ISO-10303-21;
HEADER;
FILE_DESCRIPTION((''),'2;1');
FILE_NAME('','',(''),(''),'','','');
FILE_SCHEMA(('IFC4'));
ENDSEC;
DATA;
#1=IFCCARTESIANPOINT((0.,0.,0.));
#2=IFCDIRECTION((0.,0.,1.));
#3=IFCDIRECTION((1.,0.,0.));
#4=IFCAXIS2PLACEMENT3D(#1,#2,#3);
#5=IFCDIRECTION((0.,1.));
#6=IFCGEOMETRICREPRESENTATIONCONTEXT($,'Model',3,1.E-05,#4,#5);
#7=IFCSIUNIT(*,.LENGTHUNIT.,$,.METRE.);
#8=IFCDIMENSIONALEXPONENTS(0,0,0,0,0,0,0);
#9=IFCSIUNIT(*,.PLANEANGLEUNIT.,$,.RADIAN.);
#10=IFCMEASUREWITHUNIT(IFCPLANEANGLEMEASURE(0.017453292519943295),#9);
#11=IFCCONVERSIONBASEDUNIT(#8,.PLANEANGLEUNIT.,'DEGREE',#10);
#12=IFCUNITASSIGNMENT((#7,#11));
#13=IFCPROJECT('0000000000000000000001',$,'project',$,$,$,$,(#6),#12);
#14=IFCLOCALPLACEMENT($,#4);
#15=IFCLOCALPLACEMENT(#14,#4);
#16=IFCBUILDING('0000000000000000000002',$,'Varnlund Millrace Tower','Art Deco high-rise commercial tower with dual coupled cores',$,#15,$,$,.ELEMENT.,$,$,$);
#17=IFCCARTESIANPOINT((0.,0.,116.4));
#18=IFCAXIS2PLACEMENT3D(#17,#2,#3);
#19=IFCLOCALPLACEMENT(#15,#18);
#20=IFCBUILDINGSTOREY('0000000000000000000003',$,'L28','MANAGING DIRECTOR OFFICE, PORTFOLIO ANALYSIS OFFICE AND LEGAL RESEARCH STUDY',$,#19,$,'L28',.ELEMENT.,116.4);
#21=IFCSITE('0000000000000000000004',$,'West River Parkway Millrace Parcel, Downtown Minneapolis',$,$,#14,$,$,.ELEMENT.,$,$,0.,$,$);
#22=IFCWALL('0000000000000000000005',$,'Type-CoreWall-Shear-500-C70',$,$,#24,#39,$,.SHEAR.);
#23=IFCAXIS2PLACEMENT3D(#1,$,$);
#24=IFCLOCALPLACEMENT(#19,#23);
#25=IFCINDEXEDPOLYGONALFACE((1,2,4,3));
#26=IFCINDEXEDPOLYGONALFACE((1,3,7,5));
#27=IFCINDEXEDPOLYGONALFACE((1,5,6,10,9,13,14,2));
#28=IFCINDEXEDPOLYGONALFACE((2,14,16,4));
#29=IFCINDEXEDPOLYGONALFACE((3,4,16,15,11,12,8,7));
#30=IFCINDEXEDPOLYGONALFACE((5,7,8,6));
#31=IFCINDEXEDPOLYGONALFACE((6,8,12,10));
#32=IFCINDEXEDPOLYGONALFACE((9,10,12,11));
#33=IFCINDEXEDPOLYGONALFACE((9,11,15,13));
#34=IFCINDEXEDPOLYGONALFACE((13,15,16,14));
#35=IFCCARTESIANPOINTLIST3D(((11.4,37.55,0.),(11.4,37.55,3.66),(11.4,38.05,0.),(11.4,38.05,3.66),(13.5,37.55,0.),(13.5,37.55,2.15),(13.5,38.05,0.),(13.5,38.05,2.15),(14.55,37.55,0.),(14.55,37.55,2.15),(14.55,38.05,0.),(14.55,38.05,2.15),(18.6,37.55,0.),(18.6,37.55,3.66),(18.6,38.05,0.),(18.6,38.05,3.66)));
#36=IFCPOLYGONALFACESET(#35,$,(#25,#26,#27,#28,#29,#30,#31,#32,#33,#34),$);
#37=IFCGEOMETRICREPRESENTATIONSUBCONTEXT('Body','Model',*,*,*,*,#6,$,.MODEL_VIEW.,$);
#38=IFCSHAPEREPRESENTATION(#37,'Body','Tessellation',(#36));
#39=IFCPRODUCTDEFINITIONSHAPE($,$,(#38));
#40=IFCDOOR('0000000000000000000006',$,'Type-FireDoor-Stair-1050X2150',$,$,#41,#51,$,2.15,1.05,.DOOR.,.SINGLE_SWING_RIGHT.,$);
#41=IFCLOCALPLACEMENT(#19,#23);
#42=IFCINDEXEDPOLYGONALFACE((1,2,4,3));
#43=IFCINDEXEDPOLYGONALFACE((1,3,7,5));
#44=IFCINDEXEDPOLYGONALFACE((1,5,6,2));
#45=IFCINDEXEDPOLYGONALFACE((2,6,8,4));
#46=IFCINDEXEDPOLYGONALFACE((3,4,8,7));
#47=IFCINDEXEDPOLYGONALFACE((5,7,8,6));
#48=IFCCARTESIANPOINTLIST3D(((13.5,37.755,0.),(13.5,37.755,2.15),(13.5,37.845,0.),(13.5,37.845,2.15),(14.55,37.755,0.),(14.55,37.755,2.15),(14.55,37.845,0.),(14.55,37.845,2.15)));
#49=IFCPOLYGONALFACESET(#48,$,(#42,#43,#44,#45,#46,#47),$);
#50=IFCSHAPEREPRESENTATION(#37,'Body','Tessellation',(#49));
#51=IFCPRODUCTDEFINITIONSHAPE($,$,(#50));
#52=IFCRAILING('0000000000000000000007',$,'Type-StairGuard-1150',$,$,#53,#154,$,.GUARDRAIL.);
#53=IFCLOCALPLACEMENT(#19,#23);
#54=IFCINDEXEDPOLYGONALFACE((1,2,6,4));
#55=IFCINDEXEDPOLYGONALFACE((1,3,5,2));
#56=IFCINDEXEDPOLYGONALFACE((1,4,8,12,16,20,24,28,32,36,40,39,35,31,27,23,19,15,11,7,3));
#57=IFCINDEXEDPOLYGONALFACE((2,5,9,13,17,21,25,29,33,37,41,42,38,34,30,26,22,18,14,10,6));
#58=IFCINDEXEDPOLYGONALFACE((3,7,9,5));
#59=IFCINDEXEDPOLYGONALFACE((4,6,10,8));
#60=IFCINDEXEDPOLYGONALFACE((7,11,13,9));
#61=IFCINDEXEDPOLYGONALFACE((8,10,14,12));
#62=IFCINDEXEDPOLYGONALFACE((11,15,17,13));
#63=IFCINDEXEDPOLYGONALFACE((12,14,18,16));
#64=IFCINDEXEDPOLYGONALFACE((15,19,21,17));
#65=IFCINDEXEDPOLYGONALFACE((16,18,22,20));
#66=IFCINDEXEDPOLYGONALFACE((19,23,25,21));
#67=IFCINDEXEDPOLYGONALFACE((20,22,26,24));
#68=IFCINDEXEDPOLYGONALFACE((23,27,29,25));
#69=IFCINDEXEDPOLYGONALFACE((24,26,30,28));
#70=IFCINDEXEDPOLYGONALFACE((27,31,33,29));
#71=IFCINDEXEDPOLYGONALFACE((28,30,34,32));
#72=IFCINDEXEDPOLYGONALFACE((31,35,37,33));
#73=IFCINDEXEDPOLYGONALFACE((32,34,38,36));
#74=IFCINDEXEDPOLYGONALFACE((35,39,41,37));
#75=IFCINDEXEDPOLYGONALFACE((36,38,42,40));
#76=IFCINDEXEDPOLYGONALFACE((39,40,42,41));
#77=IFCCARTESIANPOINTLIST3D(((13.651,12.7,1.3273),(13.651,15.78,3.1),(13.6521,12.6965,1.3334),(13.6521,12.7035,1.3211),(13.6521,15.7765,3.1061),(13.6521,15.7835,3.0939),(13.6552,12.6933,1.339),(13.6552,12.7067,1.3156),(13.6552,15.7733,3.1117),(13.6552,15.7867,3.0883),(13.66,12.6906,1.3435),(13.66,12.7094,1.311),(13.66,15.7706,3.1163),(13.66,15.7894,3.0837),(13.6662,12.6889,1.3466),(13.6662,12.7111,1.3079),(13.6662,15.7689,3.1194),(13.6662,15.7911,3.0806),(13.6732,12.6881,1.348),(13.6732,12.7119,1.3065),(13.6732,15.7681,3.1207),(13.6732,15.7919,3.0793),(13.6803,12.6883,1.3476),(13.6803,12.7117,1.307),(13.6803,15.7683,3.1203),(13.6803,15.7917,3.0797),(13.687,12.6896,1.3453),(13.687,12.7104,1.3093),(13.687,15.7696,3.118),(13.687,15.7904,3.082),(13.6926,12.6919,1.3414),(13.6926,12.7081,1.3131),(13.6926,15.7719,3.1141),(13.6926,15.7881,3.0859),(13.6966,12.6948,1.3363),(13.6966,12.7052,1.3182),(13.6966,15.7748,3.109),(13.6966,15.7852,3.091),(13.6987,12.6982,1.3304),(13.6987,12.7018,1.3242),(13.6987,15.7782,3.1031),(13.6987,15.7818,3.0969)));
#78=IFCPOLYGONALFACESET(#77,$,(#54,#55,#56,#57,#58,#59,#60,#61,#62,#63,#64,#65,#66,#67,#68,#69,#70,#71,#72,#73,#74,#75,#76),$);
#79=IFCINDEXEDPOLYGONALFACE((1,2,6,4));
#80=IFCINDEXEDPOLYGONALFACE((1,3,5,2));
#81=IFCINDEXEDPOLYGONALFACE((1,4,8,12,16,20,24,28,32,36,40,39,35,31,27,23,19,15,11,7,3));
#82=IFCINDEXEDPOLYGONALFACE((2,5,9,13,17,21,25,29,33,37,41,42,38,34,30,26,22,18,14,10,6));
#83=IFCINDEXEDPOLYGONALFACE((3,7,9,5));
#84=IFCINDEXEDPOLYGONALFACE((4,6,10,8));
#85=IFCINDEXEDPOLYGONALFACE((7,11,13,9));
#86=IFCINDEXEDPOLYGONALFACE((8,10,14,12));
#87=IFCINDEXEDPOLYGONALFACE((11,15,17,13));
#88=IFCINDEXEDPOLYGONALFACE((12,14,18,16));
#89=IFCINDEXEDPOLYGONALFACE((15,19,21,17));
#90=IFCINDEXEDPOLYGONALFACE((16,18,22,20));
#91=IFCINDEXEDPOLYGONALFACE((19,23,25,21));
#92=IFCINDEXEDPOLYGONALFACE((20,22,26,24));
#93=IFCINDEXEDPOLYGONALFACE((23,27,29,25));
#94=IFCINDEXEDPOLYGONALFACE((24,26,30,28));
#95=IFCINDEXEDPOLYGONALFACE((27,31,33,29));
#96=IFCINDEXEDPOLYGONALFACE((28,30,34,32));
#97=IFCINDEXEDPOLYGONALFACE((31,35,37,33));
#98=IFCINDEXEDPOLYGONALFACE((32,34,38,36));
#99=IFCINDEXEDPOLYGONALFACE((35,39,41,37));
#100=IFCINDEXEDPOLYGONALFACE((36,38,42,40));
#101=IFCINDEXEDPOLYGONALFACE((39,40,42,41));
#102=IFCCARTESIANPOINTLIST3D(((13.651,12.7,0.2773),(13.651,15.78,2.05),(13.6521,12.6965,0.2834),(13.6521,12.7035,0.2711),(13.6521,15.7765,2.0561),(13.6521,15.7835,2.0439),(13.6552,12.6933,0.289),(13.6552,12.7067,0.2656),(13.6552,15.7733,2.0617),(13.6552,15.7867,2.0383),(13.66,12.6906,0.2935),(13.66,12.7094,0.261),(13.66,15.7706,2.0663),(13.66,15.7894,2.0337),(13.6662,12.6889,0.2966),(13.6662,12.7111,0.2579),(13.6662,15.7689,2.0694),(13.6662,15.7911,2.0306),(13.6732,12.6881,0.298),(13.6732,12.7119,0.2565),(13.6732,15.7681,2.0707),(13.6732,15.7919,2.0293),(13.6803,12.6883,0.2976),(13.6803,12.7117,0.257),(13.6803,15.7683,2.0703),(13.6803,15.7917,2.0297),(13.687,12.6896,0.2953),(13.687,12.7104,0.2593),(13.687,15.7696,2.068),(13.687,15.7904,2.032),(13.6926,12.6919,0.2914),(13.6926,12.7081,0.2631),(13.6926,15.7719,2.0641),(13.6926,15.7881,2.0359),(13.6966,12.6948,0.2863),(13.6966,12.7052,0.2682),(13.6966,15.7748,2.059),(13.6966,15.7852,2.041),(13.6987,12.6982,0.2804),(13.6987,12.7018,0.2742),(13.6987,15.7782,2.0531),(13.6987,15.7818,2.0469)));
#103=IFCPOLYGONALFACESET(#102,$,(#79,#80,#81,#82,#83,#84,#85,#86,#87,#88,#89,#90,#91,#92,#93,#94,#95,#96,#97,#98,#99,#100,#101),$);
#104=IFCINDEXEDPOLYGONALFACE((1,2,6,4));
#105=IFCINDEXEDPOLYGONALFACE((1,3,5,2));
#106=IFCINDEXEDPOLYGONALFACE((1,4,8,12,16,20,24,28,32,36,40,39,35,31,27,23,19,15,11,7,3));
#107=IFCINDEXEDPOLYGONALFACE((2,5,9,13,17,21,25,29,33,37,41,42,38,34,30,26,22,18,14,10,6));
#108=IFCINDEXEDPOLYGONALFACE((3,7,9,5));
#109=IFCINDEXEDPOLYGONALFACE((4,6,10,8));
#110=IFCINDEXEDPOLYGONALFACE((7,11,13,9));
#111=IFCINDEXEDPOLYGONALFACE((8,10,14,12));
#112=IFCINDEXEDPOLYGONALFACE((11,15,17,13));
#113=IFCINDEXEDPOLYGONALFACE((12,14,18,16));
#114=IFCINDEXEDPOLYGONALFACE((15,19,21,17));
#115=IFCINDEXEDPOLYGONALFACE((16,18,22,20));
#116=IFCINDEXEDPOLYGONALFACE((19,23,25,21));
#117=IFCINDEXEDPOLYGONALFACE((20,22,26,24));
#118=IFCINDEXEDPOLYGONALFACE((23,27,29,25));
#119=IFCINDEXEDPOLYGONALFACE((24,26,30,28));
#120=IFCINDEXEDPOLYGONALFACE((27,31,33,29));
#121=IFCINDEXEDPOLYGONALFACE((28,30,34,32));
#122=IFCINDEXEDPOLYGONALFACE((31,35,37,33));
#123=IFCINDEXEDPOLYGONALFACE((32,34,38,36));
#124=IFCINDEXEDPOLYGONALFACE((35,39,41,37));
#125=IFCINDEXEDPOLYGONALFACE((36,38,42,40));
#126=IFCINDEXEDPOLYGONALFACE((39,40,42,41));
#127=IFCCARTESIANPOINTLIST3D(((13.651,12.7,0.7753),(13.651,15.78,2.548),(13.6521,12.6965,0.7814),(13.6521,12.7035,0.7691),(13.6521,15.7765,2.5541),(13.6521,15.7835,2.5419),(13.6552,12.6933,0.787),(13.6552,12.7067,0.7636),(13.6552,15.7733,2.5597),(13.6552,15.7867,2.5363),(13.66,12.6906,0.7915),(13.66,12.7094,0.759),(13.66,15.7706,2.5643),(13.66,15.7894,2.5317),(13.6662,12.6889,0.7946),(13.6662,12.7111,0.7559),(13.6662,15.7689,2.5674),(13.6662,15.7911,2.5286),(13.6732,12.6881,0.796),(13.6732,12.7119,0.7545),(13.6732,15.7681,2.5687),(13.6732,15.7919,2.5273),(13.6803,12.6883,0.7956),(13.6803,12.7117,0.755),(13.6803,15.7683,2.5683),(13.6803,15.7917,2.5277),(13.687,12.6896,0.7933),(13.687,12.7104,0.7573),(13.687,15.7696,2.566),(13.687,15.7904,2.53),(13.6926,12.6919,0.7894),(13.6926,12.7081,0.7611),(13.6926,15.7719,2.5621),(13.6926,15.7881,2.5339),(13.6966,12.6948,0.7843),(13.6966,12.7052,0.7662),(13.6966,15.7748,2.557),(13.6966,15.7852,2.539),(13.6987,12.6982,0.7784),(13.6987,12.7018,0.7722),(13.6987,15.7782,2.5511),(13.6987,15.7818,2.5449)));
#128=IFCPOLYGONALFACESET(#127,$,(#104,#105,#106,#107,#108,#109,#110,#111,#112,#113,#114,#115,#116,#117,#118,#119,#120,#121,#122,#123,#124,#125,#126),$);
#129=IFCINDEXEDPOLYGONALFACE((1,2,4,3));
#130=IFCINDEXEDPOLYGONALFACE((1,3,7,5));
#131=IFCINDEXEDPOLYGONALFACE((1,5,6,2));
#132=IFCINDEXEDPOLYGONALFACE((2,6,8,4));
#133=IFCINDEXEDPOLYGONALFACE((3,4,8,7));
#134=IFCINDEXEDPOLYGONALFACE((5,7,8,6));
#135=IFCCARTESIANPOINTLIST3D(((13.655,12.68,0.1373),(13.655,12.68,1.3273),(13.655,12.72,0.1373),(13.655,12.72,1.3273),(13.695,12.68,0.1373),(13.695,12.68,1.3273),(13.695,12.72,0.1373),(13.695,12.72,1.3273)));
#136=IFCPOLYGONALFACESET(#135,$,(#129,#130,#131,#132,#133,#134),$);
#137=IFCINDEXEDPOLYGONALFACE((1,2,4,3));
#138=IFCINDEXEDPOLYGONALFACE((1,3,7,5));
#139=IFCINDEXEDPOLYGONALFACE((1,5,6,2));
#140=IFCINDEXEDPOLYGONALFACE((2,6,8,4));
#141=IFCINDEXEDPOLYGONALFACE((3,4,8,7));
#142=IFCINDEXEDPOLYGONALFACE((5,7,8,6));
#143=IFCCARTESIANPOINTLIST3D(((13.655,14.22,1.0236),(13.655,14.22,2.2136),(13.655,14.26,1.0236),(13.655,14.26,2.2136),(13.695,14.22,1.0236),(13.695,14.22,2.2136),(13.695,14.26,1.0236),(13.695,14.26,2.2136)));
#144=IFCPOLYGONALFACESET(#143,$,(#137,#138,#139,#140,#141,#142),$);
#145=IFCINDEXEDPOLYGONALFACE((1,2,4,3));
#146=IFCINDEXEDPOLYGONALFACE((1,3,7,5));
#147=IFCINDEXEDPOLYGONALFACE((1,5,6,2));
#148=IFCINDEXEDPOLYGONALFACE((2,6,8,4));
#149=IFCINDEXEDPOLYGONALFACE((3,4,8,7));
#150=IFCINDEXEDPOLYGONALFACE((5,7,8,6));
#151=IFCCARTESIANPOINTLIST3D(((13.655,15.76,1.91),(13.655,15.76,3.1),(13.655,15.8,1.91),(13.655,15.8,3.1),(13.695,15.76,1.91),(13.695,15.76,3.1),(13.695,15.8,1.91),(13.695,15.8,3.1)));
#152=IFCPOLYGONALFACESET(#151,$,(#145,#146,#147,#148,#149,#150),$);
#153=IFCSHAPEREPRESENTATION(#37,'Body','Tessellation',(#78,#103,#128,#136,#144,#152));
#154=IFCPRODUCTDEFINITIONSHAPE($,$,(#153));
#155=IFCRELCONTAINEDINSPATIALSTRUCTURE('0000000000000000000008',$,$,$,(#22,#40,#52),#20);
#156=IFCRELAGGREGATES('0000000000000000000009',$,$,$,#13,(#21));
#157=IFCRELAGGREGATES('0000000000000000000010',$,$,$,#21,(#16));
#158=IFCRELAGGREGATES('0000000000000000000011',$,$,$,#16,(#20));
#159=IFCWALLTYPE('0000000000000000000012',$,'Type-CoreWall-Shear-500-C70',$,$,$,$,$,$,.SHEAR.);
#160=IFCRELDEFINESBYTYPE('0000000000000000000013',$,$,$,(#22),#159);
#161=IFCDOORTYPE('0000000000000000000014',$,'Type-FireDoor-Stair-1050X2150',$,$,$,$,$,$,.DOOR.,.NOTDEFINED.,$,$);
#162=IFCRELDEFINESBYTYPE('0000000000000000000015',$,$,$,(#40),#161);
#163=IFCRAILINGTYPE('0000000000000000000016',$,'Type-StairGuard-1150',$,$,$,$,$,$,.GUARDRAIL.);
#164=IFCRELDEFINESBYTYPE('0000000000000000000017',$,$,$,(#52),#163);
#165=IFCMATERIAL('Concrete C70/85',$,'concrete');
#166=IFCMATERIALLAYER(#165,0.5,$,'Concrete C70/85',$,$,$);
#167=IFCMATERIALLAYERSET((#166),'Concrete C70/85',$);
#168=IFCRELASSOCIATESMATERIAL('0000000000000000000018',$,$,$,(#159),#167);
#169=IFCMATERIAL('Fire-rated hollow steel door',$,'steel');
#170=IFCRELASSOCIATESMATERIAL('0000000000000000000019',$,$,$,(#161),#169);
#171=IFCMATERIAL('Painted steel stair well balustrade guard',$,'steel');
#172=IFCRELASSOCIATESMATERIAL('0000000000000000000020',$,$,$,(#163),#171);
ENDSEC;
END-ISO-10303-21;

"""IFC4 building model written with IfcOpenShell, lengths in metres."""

from ifc_helpers import new_model, entity, si_unit, converted_unit, direction, frame, origin_with_axes, origin_2d_with_axis, place, context, subcontext, project, spatial, polyline, rectangle, circle, outline, extrude, material, layer, layer_set, type_object, element, fill, save


model = new_model("IFC4")

# Units and contexts
model_context = context("Model", 3, precision=1e-05, world=origin_with_axes(), true_north=direction((0.0, 1.0)))
body_context = subcontext(model_context, "Body", "Model", "MODEL_VIEW")
ifc_project = project(units=[si_unit("LENGTHUNIT", "METRE"), converted_unit("PLANEANGLEUNIT", "DEGREE", entity("IfcPlaneAngleMeasure", 0.017453292519943295), si_unit("PLANEANGLEUNIT", "RADIAN"), dimensions=[0, 0, 0, 0, 0, 0, 0])], contexts=[model_context])

# Site, building, storey
site_placement = place(None, origin_with_axes())
site = spatial("IfcSite", under=ifc_project, at=site_placement, Name="West River Parkway Millrace Parcel, Downtown Minneapolis", CompositionType="ELEMENT", RefElevation=0.0)
building_placement = place(site_placement, origin_with_axes())
building = spatial("IfcBuilding", under=site, at=building_placement, Name="Varnlund Millrace Tower", Description="Art Deco high-rise commercial tower with dual coupled cores", CompositionType="ELEMENT")
storey_placement = place(building_placement, frame((0.0, 0.0, 116.4), z_axis=(0.0, 0.0, 1.0), x_axis=(1.0, 0.0, 0.0)))
storey = spatial("IfcBuildingStorey", under=building, at=storey_placement, Name="L28", Description="MANAGING DIRECTOR OFFICE, PORTFOLIO ANALYSIS OFFICE AND LEGAL RESEARCH STUDY", LongName="L28", CompositionType="ELEMENT", Elevation=116.4)

# Shared definitions
ifc_material_1 = material(Name="Concrete C70/85", Category="concrete")
ifc_layer_1 = layer(ifc_material_1, 0.5, Name="Concrete C70/85")
ifc_layer_set_1 = layer_set([ifc_layer_1], Name="Concrete C70/85")
wall_type = type_object("IfcWallType", Name="Type-CoreWall-Shear-500-C70", PredefinedType="SHEAR", material=ifc_layer_set_1)

# Wall, opening, door
ifc_material_2 = material(Name="Fire-rated hollow steel door", Category="steel")
door_type = type_object("IfcDoorType", Name="Type-FireDoor-Stair-1050X2150", OperationType="NOTDEFINED", PredefinedType="DOOR", material=ifc_material_2)
wall_1_placement = place(storey_placement, frame((11.4, 37.8, 0.0), z_axis=(0.0, 0.0, 1.0), x_axis=(1.0, 0.0, 0.0)))
wall_1 = element("IfcWall", 1, at=wall_1_placement, inside=storey, type_object=wall_type, Name="Type-CoreWall-Shear-500-C70", PredefinedType="SHEAR", context=body_context, shape_type="SweptSolid", body=[
    extrude(outline(polyline([(0.0, -0.25), (7.2, -0.25), (7.2, 0.25), (0.0, 0.25), (0.0, -0.25)])), origin_with_axes(), (0.0, 0.0, 1.0), 3.66),
])
opening_1_placement = place(wall_1_placement, frame((2.625, 0.0, 0.0), z_axis=(0.0, 0.0, 1.0), x_axis=(1.0, 0.0, 0.0)))
opening_1 = element("IfcOpeningElement", 2, at=opening_1_placement, cuts=wall_1, PredefinedType="OPENING", context=body_context, shape_type="SweptSolid", body=[
    extrude(rectangle(XDim=1.05, YDim=0.52, at=origin_2d_with_axis()), origin_with_axes(), (0.0, 0.0, 1.0), 2.15),
])
door_1_placement = place(wall_1_placement, frame((2.625, 0.0, 0.0), z_axis=(0.0, 0.0, 1.0), x_axis=(1.0, 0.0, 0.0)))
door_1 = element("IfcDoor", 3, at=door_1_placement, inside=storey, type_object=door_type, Name="Type-FireDoor-Stair-1050X2150", OperationType="SINGLE_SWING_RIGHT", OverallHeight=2.15, OverallWidth=1.05, PredefinedType="DOOR", context=body_context, shape_type="SweptSolid", body=[
    extrude(rectangle(XDim=1.05, YDim=0.09, at=origin_2d_with_axis()), origin_with_axes(), (0.0, 0.0, 1.0), 2.15),
])
fill(opening_1, door_1)

# Railing
ifc_material_3 = material(Name="Painted steel stair well balustrade guard", Category="steel")
railing_type_1 = type_object("IfcRailingType", Name="Type-StairGuard-1150", PredefinedType="GUARDRAIL", material=ifc_material_3)
railing_1_placement = place(storey_placement, frame((0.0, 0.0, -116.4), z_axis=(0.0, 0.0, 1.0), x_axis=(1.0, 0.0, 0.0)))
element("IfcRailing", 4, at=railing_1_placement, inside=storey, type_object=railing_type_1, Name="Type-StairGuard-1150", PredefinedType="GUARDRAIL", context=body_context, shape_type="SweptSolid", body=[
    extrude(circle(Radius=0.024, at=origin_2d_with_axis()), frame((13.675, 12.7, 117.7273), z_axis=(0.0, 0.866696, 0.498836), x_axis=(-1.0, 0.0, 0.0)), (0.0, 0.0, 1.0), 3.5537),
    extrude(circle(Radius=0.024, at=origin_2d_with_axis()), frame((13.675, 12.7, 116.6773), z_axis=(0.0, 0.866696, 0.498836), x_axis=(-1.0, 0.0, 0.0)), (0.0, 0.0, 1.0), 3.5537),
    extrude(circle(Radius=0.024, at=origin_2d_with_axis()), frame((13.675, 12.7, 117.1753), z_axis=(0.0, 0.866696, 0.498836), x_axis=(-1.0, 0.0, 0.0)), (0.0, 0.0, 1.0), 3.5537),
    extrude(rectangle(XDim=0.04, YDim=0.04, at=origin_2d_with_axis()), frame((13.675, 12.7, 116.5373), z_axis=(0.0, 0.0, 1.0), x_axis=(1.0, 0.0, 0.0)), (0.0, 0.0, 1.0), 1.19),
    extrude(rectangle(XDim=0.04, YDim=0.04, at=origin_2d_with_axis()), frame((13.675, 14.24, 117.4236), z_axis=(0.0, 0.0, 1.0), x_axis=(1.0, 0.0, 0.0)), (0.0, 0.0, 1.0), 1.19),
    extrude(rectangle(XDim=0.04, YDim=0.04, at=origin_2d_with_axis()), frame((13.675, 15.78, 118.31), z_axis=(0.0, 0.0, 1.0), x_axis=(1.0, 0.0, 0.0)), (0.0, 0.0, 1.0), 1.19),
])

save(model, "model.ifc")
